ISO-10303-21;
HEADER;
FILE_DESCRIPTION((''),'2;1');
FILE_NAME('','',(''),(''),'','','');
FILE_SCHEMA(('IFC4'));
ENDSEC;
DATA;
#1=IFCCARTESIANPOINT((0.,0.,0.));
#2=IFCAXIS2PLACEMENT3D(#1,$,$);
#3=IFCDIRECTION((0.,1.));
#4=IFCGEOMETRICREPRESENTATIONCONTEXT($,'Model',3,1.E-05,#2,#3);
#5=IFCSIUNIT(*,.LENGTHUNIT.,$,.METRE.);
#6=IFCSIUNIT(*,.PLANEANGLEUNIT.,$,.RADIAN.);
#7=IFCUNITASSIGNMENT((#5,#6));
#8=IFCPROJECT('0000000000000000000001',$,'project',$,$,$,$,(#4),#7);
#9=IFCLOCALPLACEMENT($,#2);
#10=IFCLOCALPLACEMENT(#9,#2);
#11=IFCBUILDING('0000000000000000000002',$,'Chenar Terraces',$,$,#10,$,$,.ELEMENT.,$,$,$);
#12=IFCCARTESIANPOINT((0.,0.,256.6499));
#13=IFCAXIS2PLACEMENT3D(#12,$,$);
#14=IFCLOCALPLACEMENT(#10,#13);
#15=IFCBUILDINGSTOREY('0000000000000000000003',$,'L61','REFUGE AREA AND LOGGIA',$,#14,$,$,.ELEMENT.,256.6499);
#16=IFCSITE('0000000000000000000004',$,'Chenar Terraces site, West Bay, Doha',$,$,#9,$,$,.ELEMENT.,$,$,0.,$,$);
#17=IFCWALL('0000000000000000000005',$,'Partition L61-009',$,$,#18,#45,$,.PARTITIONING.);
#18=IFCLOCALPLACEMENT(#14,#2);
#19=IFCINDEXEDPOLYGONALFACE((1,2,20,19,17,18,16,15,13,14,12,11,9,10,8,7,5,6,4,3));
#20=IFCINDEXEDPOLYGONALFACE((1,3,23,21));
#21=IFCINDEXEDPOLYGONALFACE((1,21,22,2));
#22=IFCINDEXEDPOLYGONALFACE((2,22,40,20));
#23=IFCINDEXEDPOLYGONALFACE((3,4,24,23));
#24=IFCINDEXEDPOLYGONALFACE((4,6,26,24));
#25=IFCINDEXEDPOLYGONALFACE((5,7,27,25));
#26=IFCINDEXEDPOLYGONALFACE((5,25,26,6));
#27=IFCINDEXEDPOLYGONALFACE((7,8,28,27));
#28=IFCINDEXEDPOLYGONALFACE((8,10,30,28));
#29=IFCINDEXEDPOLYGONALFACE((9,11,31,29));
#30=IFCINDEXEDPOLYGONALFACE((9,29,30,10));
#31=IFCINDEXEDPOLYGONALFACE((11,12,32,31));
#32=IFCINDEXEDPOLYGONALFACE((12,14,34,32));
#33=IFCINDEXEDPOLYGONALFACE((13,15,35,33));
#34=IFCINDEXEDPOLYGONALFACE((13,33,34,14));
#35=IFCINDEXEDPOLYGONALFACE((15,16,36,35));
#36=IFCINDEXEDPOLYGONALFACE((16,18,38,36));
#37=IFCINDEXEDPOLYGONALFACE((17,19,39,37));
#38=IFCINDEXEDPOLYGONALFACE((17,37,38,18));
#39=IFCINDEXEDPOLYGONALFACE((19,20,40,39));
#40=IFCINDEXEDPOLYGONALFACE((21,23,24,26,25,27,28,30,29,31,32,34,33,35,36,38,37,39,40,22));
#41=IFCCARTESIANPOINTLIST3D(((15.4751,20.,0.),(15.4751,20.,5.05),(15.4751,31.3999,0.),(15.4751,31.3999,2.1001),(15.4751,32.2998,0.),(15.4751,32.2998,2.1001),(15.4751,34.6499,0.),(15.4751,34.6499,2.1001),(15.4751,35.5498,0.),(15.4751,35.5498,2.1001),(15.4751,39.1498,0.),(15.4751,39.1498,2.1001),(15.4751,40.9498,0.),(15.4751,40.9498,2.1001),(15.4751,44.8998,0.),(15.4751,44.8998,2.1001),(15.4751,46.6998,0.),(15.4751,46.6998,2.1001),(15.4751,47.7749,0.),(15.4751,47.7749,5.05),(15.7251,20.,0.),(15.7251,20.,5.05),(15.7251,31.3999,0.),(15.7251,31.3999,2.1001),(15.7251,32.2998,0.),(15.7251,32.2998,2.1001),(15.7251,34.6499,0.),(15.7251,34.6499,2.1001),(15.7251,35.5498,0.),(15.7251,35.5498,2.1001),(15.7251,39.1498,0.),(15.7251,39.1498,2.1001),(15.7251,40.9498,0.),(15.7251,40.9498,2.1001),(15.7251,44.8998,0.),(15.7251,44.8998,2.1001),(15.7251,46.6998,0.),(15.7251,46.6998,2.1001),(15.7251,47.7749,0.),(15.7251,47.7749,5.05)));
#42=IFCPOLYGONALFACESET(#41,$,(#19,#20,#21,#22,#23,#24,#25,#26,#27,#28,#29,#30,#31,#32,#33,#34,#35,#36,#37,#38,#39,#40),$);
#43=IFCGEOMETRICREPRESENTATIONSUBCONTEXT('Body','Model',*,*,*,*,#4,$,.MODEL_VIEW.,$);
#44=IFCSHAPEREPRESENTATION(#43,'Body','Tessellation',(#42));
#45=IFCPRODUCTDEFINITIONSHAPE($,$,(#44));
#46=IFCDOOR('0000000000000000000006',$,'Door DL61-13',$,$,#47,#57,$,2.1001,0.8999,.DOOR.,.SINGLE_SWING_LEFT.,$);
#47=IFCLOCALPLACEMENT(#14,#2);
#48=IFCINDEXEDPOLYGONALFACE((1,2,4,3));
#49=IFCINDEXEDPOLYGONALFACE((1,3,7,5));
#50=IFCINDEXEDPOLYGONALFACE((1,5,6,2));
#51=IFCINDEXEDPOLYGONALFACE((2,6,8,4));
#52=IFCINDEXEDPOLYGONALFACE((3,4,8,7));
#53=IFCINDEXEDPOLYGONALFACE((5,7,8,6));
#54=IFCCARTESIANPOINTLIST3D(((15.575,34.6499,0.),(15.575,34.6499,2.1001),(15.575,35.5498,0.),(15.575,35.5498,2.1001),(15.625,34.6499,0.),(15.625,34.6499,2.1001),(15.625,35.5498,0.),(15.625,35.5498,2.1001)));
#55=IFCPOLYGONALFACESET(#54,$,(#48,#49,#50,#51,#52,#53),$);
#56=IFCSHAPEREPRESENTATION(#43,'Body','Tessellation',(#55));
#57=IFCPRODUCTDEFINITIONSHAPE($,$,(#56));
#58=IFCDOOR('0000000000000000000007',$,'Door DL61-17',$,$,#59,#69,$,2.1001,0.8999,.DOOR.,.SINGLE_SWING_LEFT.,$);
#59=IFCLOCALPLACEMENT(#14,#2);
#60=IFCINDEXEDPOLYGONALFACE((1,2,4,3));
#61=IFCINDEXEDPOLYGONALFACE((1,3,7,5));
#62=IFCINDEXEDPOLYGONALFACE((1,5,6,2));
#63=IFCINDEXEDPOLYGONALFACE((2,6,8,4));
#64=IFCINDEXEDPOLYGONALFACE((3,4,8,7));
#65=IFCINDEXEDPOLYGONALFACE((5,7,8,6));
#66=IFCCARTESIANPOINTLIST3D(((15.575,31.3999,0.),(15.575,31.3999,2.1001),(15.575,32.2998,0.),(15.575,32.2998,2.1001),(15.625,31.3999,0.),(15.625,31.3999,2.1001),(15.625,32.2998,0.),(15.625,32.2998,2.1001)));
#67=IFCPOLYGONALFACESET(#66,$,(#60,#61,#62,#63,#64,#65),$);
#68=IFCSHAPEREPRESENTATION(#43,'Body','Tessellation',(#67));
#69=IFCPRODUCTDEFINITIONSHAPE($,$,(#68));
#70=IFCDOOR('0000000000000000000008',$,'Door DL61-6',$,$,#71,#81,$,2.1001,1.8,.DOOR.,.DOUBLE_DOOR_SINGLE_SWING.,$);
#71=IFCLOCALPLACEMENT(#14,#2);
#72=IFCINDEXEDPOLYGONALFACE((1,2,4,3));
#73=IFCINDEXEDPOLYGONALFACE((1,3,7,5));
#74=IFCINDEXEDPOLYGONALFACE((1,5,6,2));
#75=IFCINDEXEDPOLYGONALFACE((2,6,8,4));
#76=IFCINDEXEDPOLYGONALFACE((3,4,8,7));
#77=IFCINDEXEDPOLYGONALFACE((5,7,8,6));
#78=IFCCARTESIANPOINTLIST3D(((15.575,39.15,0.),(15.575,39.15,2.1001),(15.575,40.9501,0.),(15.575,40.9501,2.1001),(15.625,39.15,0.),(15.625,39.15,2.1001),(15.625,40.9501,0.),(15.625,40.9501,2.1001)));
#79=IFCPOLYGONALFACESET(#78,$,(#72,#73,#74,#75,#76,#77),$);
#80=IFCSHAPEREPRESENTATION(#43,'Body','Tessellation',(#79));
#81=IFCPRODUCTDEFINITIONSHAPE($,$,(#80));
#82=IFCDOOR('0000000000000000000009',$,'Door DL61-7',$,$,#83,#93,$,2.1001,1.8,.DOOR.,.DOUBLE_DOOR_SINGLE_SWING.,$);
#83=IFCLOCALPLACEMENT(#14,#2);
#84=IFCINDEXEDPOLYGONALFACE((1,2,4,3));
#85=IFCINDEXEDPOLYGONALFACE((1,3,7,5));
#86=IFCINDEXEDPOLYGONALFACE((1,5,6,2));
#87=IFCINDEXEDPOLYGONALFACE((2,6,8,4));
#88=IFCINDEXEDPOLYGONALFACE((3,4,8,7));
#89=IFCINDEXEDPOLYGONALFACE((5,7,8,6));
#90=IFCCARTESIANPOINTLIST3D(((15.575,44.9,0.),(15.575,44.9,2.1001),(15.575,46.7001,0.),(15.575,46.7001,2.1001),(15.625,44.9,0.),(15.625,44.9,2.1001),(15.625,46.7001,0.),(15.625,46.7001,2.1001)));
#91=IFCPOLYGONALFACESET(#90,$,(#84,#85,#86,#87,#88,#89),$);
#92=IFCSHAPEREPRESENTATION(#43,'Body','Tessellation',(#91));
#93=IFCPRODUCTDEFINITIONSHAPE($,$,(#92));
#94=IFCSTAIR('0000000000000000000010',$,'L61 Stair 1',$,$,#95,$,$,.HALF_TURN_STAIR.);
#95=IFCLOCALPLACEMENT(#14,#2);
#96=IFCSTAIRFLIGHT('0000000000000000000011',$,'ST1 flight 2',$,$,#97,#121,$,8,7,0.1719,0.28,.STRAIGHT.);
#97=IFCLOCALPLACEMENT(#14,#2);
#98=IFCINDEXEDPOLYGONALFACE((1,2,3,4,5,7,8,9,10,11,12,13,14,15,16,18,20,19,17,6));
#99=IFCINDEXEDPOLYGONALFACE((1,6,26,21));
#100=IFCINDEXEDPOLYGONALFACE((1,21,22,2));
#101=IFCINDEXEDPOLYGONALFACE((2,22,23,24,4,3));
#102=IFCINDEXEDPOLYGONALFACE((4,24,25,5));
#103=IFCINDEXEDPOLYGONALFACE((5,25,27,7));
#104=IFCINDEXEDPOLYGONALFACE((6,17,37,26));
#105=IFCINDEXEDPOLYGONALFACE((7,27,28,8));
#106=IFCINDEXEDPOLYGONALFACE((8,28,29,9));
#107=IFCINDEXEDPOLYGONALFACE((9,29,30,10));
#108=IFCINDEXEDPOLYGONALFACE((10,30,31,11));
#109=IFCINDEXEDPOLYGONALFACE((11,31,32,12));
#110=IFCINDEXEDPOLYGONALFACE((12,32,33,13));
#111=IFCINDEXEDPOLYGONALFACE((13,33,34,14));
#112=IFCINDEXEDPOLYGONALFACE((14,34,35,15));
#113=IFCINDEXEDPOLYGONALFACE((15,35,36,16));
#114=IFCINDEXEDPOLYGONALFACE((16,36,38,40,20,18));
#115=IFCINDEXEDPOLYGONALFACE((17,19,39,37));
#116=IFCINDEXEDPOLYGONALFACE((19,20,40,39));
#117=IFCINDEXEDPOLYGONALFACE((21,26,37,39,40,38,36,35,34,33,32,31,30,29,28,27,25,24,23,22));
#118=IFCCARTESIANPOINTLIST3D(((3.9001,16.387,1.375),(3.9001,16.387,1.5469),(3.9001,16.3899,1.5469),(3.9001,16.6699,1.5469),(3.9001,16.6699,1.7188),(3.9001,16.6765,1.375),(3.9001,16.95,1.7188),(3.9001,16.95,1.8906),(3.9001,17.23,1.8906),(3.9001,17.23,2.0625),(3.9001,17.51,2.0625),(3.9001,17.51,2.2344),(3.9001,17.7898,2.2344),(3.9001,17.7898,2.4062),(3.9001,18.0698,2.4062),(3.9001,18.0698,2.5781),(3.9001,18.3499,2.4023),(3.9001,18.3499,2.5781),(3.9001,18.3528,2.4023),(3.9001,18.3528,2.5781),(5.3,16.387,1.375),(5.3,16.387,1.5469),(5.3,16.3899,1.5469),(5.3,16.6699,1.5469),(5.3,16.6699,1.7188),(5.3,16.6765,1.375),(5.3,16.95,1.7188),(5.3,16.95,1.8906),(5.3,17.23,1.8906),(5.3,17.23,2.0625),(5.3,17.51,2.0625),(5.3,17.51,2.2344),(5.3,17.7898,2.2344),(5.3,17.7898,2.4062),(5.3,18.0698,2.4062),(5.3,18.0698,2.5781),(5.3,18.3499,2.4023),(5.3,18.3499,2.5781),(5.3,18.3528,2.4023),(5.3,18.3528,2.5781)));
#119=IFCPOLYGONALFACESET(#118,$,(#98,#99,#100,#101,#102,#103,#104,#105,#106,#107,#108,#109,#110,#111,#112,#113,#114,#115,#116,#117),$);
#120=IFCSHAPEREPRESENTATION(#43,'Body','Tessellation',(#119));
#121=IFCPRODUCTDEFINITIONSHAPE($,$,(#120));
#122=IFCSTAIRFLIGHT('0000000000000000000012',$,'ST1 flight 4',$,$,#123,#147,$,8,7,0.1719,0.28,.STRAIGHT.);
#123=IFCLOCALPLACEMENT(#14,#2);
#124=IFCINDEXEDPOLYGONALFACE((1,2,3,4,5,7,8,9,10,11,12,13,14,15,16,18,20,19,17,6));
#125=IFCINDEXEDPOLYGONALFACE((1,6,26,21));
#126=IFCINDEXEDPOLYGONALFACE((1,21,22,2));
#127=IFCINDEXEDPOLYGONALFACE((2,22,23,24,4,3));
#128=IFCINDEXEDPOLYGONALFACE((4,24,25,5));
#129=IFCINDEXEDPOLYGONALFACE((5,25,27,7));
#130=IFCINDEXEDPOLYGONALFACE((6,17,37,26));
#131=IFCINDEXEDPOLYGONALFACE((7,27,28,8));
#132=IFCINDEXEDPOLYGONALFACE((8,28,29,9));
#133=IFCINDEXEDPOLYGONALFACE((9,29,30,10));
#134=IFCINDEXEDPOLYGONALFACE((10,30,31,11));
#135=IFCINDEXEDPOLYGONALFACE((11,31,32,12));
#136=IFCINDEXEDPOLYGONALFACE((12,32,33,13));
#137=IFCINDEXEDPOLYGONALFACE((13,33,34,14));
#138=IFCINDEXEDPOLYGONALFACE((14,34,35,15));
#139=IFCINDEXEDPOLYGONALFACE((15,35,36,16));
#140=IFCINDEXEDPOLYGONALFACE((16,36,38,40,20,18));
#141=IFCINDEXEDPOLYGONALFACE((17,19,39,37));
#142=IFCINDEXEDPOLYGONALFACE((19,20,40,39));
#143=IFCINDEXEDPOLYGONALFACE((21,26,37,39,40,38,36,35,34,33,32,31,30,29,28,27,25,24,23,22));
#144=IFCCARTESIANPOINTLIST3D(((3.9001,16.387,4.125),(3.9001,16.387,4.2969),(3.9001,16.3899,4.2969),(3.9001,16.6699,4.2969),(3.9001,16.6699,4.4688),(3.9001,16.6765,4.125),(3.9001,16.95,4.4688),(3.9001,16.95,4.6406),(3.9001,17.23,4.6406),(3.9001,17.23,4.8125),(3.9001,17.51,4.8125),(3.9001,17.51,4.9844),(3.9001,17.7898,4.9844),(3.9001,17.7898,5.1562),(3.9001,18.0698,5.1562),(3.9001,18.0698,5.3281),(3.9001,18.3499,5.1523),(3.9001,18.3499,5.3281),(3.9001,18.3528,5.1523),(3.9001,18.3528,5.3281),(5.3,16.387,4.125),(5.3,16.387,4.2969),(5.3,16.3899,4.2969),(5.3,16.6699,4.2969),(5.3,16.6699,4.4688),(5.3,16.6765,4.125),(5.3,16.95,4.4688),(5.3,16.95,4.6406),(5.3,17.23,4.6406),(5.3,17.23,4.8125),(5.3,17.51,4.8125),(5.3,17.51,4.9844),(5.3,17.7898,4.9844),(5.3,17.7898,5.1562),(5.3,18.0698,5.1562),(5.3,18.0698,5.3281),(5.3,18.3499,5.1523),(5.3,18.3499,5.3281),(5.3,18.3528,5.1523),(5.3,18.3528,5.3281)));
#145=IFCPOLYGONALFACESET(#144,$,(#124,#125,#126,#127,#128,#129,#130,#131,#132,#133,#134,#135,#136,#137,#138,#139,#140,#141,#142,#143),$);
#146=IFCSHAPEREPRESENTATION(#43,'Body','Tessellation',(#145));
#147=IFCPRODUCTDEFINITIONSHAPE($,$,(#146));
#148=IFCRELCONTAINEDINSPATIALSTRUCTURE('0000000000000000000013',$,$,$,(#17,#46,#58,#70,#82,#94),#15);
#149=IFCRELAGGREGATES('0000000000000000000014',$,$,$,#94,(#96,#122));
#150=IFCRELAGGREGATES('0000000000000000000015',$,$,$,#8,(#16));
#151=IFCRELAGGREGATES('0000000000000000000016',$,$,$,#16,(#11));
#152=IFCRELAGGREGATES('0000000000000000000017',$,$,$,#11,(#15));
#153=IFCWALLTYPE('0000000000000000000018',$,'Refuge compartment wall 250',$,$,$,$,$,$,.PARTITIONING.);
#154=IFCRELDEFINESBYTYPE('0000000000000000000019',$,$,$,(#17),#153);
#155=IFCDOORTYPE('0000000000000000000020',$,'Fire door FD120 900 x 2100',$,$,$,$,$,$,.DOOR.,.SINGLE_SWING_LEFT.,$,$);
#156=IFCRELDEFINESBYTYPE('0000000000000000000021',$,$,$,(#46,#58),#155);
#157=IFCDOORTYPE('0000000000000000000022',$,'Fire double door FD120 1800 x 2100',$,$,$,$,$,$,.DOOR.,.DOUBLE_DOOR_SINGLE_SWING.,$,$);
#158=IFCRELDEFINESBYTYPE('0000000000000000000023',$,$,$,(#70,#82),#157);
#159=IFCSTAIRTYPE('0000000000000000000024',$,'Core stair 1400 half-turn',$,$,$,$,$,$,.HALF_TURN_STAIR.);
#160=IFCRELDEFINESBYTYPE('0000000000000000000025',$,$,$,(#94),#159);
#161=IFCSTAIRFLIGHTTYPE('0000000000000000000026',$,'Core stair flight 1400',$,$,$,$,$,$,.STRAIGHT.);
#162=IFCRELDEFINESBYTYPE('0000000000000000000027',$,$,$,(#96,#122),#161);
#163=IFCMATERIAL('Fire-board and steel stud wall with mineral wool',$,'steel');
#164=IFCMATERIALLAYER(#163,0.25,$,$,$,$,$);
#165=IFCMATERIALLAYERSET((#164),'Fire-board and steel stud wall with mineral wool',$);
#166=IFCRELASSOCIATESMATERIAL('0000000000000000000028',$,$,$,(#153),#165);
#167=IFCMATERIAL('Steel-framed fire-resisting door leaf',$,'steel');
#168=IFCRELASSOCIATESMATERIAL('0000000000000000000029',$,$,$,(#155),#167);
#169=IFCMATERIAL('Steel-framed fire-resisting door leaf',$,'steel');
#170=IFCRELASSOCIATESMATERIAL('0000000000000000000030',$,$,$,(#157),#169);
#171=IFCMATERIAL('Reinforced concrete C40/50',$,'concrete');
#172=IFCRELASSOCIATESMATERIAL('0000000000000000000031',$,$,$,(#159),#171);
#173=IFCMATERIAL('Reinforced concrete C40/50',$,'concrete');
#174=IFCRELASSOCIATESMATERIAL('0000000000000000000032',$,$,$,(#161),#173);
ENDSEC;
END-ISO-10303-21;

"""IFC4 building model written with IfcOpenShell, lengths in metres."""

from ifc_helpers import new_model, si_unit, direction, frame, frame_2d, origin, place, context, subcontext, project, spatial, polyline, rectangle, outline, extrude, material, layer, layer_set, type_object, element, fill, aggregate, save


model = new_model("IFC4")

# Units and contexts
model_context = context("Model", 3, precision=1e-05, world=origin(), true_north=direction((0.0, 1.0)))
body_context = subcontext(model_context, "Body", "Model", "MODEL_VIEW")
ifc_project = project(units=[si_unit("LENGTHUNIT", "METRE"), si_unit("PLANEANGLEUNIT", "RADIAN")], contexts=[model_context])

# Site, building, storey
site_placement = place(None, origin())
site = spatial("IfcSite", under=ifc_project, at=site_placement, Name="Chenar Terraces site, West Bay, Doha", CompositionType="ELEMENT", RefElevation=0.0)
building_placement = place(site_placement, origin())
building = spatial("IfcBuilding", under=site, at=building_placement, Name="Chenar Terraces", CompositionType="ELEMENT")
storey_placement = place(building_placement, frame((0.0, 0.0, 256.6499)))
storey = spatial("IfcBuildingStorey", under=building, at=storey_placement, Name="L61", Description="REFUGE AREA AND LOGGIA", CompositionType="ELEMENT", Elevation=256.6499)

# Wall, openings, doors
ifc_material_1 = material(Name="Fire-board and steel stud wall with mineral wool", Category="steel")
ifc_layer_1 = layer(ifc_material_1, 0.25)
ifc_layer_set_1 = layer_set([ifc_layer_1], Name="Fire-board and steel stud wall with mineral wool")
wall_type_1 = type_object("IfcWallType", Name="Refuge compartment wall 250", PredefinedType="PARTITIONING", material=ifc_layer_set_1)
wall_1_placement = place(storey_placement, frame((15.6001, 20.0, 0.0), z_axis=(0.0, 0.0, 1.0), x_axis=(0.0, 1.0, 0.0)))
wall_1 = element("IfcWall", 1, at=wall_1_placement, inside=storey, type_object=wall_type_1, Name="Partition L61-009", PredefinedType="PARTITIONING", context=body_context, shape_type="SweptSolid", body=[
    extrude(rectangle(XDim=27.7749, YDim=0.25, at=frame_2d((13.8875, 0.0))), origin(), (0.0, 0.0, 1.0), 5.05),
])
opening_1_placement = place(wall_1_placement, frame((19.1499, 0.0, 0.0)))
opening_1 = element("IfcOpeningElement", 2, at=opening_1_placement, cuts=wall_1, PredefinedType="OPENING", context=body_context, shape_type="SweptSolid", body=[
    extrude(rectangle(XDim=1.8, YDim=2.1001, at=frame_2d((0.8999, 1.05))), frame((0.0, 0.135, 0.0), z_axis=(0.0, -1.0, 0.0), x_axis=(1.0, 0.0, 0.0)), (0.0, 0.0, 1.0), 0.27),
])
opening_2_placement = place(wall_1_placement, frame((24.8999, 0.0, 0.0)))
opening_2 = element("IfcOpeningElement", 3, at=opening_2_placement, cuts=wall_1, PredefinedType="OPENING", context=body_context, shape_type="SweptSolid", body=[
    extrude(rectangle(XDim=1.8, YDim=2.1001, at=frame_2d((0.8999, 1.05))), frame((0.0, 0.135, 0.0), z_axis=(0.0, -1.0, 0.0), x_axis=(1.0, 0.0, 0.0)), (0.0, 0.0, 1.0), 0.27),
])
opening_3_placement = place(wall_1_placement, frame((14.6499, 0.0, 0.0)))
opening_3 = element("IfcOpeningElement", 4, at=opening_3_placement, cuts=wall_1, PredefinedType="OPENING", context=body_context, shape_type="SweptSolid", body=[
    extrude(rectangle(XDim=0.8999, YDim=2.1001, at=frame_2d((0.45, 1.05))), frame((0.0, 0.135, 0.0), z_axis=(0.0, -1.0, 0.0), x_axis=(1.0, 0.0, 0.0)), (0.0, 0.0, 1.0), 0.27),
])
opening_4_placement = place(wall_1_placement, frame((11.3999, 0.0, 0.0)))
opening_4 = element("IfcOpeningElement", 5, at=opening_4_placement, cuts=wall_1, PredefinedType="OPENING", context=body_context, shape_type="SweptSolid", body=[
    extrude(rectangle(XDim=0.8999, YDim=2.1001, at=frame_2d((0.45, 1.05))), frame((0.0, 0.135, 0.0), z_axis=(0.0, -1.0, 0.0), x_axis=(1.0, 0.0, 0.0)), (0.0, 0.0, 1.0), 0.27),
])
ifc_material_2 = material(Name="Steel-framed fire-resisting door leaf", Category="steel")
door_type_1 = type_object("IfcDoorType", Name="Fire door FD120 900 x 2100", OperationType="SINGLE_SWING_LEFT", PredefinedType="DOOR", material=ifc_material_2)
door_1_placement = place(opening_3_placement, frame((0.8999, 0.0, 0.0), z_axis=(0.0, 0.0, 1.0), x_axis=(-1.0, 0.0, 0.0)))
door_1 = element("IfcDoor", 6, at=door_1_placement, inside=storey, type_object=door_type_1, Name="Door DL61-13", OperationType="SINGLE_SWING_LEFT", OverallHeight=2.1001, OverallWidth=0.8999, PredefinedType="DOOR", context=body_context, shape_type="SweptSolid", body=[
    extrude(rectangle(XDim=0.8999, YDim=2.1001, at=frame_2d((0.45, 1.05))), frame((0.0, 0.0249, 0.0), z_axis=(0.0, -1.0, 0.0), x_axis=(1.0, 0.0, 0.0)), (0.0, 0.0, 1.0), 0.05),
])
fill(opening_3, door_1)
door_2_placement = place(opening_4_placement, frame((0.8999, 0.0, 0.0), z_axis=(0.0, 0.0, 1.0), x_axis=(-1.0, 0.0, 0.0)))
door_2 = element("IfcDoor", 7, at=door_2_placement, inside=storey, type_object=door_type_1, Name="Door DL61-17", OperationType="SINGLE_SWING_LEFT", OverallHeight=2.1001, OverallWidth=0.8999, PredefinedType="DOOR", context=body_context, shape_type="SweptSolid", body=[
    extrude(rectangle(XDim=0.8999, YDim=2.1001, at=frame_2d((0.45, 1.05))), frame((0.0, 0.0249, 0.0), z_axis=(0.0, -1.0, 0.0), x_axis=(1.0, 0.0, 0.0)), (0.0, 0.0, 1.0), 0.05),
])
fill(opening_4, door_2)
ifc_material_3 = material(Name="Steel-framed fire-resisting door leaf", Category="steel")
door_type_2 = type_object("IfcDoorType", Name="Fire double door FD120 1800 x 2100", OperationType="DOUBLE_DOOR_SINGLE_SWING", PredefinedType="DOOR", material=ifc_material_3)
door_3_placement = place(opening_1_placement, frame((1.8, 0.0, 0.0), z_axis=(0.0, 0.0, 1.0), x_axis=(-1.0, 0.0, 0.0)))
door_3 = element("IfcDoor", 8, at=door_3_placement, inside=storey, type_object=door_type_2, Name="Door DL61-6", OperationType="DOUBLE_DOOR_SINGLE_SWING", OverallHeight=2.1001, OverallWidth=1.8, PredefinedType="DOOR", context=body_context, shape_type="SweptSolid", body=[
    extrude(rectangle(XDim=1.8, YDim=2.1001, at=frame_2d((0.8999, 1.05))), frame((0.0, 0.0249, 0.0), z_axis=(0.0, -1.0, 0.0), x_axis=(1.0, 0.0, 0.0)), (0.0, 0.0, 1.0), 0.05),
])
fill(opening_1, door_3)
door_4_placement = place(opening_2_placement, frame((1.8, 0.0, 0.0), z_axis=(0.0, 0.0, 1.0), x_axis=(-1.0, 0.0, 0.0)))
door_4 = element("IfcDoor", 9, at=door_4_placement, inside=storey, type_object=door_type_2, Name="Door DL61-7", OperationType="DOUBLE_DOOR_SINGLE_SWING", OverallHeight=2.1001, OverallWidth=1.8, PredefinedType="DOOR", context=body_context, shape_type="SweptSolid", body=[
    extrude(rectangle(XDim=1.8, YDim=2.1001, at=frame_2d((0.8999, 1.05))), frame((0.0, 0.0249, 0.0), z_axis=(0.0, -1.0, 0.0), x_axis=(1.0, 0.0, 0.0)), (0.0, 0.0, 1.0), 0.05),
])
fill(opening_2, door_4)

# Stair, stair flights
ifc_material_4 = material(Name="Reinforced concrete C40/50", Category="concrete")
stair_type = type_object("IfcStairType", Name="Core stair 1400 half-turn", PredefinedType="HALF_TURN_STAIR", material=ifc_material_4)
stair_placement = place(storey_placement, origin())
stair = element("IfcStair", 10, at=stair_placement, inside=storey, type_object=stair_type, Name="L61 Stair 1", PredefinedType="HALF_TURN_STAIR")
ifc_material_5 = material(Name="Reinforced concrete C40/50", Category="concrete")
stair_flight_type = type_object("IfcStairFlightType", Name="Core stair flight 1400", PredefinedType="STRAIGHT", material=ifc_material_5)
stair_flight_1_placement = place(storey_placement, frame((4.6001, 16.3899, 1.375), z_axis=(0.0, 0.0, 1.0), x_axis=(0.0, 1.0, 0.0)))
stair_flight_1 = element("IfcStairFlight", 11, at=stair_flight_1_placement, type_object=stair_flight_type, Name="ST1 flight 2", NumberOfRisers=8, NumberOfTreads=7, PredefinedType="STRAIGHT", RiserHeight=0.1719, TreadLength=0.28, context=body_context, shape_type="SweptSolid", body=[
    extrude(outline(polyline([(-0.0029, 0.0), (-0.0029, 0.1719), (0.0, 0.1719), (0.28, 0.1719), (0.28, 0.3438), (0.5601, 0.3438), (0.5601, 0.5156), (0.8401, 0.5156), (0.8401, 0.6875), (1.1201, 0.6875), (1.1201, 0.8594), (1.3999, 0.8594), (1.3999, 1.0312), (1.6799, 1.0312), (1.6799, 1.2031), (1.96, 1.2031), (1.9629, 1.2031), (1.9629, 1.0273), (1.96, 1.0273), (0.2866, 0.0), (-0.0029, 0.0)])), frame((0.0, 0.7, 0.0), z_axis=(0.0, -1.0, 0.0), x_axis=(1.0, 0.0, 0.0)), (0.0, 0.0, 1.0), 1.3999),
])
stair_flight_2_placement = place(storey_placement, frame((4.6001, 16.3899, 4.125), z_axis=(0.0, 0.0, 1.0), x_axis=(0.0, 1.0, 0.0)))
stair_flight_2 = element("IfcStairFlight", 12, at=stair_flight_2_placement, type_object=stair_flight_type, Name="ST1 flight 4", NumberOfRisers=8, NumberOfTreads=7, PredefinedType="STRAIGHT", RiserHeight=0.1719, TreadLength=0.28, context=body_context, shape_type="SweptSolid", body=[
    extrude(outline(polyline([(-0.0029, 0.0), (-0.0029, 0.1719), (0.0, 0.1719), (0.28, 0.1719), (0.28, 0.3438), (0.5601, 0.3438), (0.5601, 0.5156), (0.8401, 0.5156), (0.8401, 0.6875), (1.1201, 0.6875), (1.1201, 0.8594), (1.3999, 0.8594), (1.3999, 1.0312), (1.6799, 1.0312), (1.6799, 1.2031), (1.96, 1.2031), (1.9629, 1.2031), (1.9629, 1.0273), (1.96, 1.0273), (0.2866, 0.0), (-0.0029, 0.0)])), frame((0.0, 0.7, 0.0), z_axis=(0.0, -1.0, 0.0), x_axis=(1.0, 0.0, 0.0)), (0.0, 0.0, 1.0), 1.3999),
])
aggregate(stair, [stair_flight_1, stair_flight_2])

save(model, "model.ifc")
